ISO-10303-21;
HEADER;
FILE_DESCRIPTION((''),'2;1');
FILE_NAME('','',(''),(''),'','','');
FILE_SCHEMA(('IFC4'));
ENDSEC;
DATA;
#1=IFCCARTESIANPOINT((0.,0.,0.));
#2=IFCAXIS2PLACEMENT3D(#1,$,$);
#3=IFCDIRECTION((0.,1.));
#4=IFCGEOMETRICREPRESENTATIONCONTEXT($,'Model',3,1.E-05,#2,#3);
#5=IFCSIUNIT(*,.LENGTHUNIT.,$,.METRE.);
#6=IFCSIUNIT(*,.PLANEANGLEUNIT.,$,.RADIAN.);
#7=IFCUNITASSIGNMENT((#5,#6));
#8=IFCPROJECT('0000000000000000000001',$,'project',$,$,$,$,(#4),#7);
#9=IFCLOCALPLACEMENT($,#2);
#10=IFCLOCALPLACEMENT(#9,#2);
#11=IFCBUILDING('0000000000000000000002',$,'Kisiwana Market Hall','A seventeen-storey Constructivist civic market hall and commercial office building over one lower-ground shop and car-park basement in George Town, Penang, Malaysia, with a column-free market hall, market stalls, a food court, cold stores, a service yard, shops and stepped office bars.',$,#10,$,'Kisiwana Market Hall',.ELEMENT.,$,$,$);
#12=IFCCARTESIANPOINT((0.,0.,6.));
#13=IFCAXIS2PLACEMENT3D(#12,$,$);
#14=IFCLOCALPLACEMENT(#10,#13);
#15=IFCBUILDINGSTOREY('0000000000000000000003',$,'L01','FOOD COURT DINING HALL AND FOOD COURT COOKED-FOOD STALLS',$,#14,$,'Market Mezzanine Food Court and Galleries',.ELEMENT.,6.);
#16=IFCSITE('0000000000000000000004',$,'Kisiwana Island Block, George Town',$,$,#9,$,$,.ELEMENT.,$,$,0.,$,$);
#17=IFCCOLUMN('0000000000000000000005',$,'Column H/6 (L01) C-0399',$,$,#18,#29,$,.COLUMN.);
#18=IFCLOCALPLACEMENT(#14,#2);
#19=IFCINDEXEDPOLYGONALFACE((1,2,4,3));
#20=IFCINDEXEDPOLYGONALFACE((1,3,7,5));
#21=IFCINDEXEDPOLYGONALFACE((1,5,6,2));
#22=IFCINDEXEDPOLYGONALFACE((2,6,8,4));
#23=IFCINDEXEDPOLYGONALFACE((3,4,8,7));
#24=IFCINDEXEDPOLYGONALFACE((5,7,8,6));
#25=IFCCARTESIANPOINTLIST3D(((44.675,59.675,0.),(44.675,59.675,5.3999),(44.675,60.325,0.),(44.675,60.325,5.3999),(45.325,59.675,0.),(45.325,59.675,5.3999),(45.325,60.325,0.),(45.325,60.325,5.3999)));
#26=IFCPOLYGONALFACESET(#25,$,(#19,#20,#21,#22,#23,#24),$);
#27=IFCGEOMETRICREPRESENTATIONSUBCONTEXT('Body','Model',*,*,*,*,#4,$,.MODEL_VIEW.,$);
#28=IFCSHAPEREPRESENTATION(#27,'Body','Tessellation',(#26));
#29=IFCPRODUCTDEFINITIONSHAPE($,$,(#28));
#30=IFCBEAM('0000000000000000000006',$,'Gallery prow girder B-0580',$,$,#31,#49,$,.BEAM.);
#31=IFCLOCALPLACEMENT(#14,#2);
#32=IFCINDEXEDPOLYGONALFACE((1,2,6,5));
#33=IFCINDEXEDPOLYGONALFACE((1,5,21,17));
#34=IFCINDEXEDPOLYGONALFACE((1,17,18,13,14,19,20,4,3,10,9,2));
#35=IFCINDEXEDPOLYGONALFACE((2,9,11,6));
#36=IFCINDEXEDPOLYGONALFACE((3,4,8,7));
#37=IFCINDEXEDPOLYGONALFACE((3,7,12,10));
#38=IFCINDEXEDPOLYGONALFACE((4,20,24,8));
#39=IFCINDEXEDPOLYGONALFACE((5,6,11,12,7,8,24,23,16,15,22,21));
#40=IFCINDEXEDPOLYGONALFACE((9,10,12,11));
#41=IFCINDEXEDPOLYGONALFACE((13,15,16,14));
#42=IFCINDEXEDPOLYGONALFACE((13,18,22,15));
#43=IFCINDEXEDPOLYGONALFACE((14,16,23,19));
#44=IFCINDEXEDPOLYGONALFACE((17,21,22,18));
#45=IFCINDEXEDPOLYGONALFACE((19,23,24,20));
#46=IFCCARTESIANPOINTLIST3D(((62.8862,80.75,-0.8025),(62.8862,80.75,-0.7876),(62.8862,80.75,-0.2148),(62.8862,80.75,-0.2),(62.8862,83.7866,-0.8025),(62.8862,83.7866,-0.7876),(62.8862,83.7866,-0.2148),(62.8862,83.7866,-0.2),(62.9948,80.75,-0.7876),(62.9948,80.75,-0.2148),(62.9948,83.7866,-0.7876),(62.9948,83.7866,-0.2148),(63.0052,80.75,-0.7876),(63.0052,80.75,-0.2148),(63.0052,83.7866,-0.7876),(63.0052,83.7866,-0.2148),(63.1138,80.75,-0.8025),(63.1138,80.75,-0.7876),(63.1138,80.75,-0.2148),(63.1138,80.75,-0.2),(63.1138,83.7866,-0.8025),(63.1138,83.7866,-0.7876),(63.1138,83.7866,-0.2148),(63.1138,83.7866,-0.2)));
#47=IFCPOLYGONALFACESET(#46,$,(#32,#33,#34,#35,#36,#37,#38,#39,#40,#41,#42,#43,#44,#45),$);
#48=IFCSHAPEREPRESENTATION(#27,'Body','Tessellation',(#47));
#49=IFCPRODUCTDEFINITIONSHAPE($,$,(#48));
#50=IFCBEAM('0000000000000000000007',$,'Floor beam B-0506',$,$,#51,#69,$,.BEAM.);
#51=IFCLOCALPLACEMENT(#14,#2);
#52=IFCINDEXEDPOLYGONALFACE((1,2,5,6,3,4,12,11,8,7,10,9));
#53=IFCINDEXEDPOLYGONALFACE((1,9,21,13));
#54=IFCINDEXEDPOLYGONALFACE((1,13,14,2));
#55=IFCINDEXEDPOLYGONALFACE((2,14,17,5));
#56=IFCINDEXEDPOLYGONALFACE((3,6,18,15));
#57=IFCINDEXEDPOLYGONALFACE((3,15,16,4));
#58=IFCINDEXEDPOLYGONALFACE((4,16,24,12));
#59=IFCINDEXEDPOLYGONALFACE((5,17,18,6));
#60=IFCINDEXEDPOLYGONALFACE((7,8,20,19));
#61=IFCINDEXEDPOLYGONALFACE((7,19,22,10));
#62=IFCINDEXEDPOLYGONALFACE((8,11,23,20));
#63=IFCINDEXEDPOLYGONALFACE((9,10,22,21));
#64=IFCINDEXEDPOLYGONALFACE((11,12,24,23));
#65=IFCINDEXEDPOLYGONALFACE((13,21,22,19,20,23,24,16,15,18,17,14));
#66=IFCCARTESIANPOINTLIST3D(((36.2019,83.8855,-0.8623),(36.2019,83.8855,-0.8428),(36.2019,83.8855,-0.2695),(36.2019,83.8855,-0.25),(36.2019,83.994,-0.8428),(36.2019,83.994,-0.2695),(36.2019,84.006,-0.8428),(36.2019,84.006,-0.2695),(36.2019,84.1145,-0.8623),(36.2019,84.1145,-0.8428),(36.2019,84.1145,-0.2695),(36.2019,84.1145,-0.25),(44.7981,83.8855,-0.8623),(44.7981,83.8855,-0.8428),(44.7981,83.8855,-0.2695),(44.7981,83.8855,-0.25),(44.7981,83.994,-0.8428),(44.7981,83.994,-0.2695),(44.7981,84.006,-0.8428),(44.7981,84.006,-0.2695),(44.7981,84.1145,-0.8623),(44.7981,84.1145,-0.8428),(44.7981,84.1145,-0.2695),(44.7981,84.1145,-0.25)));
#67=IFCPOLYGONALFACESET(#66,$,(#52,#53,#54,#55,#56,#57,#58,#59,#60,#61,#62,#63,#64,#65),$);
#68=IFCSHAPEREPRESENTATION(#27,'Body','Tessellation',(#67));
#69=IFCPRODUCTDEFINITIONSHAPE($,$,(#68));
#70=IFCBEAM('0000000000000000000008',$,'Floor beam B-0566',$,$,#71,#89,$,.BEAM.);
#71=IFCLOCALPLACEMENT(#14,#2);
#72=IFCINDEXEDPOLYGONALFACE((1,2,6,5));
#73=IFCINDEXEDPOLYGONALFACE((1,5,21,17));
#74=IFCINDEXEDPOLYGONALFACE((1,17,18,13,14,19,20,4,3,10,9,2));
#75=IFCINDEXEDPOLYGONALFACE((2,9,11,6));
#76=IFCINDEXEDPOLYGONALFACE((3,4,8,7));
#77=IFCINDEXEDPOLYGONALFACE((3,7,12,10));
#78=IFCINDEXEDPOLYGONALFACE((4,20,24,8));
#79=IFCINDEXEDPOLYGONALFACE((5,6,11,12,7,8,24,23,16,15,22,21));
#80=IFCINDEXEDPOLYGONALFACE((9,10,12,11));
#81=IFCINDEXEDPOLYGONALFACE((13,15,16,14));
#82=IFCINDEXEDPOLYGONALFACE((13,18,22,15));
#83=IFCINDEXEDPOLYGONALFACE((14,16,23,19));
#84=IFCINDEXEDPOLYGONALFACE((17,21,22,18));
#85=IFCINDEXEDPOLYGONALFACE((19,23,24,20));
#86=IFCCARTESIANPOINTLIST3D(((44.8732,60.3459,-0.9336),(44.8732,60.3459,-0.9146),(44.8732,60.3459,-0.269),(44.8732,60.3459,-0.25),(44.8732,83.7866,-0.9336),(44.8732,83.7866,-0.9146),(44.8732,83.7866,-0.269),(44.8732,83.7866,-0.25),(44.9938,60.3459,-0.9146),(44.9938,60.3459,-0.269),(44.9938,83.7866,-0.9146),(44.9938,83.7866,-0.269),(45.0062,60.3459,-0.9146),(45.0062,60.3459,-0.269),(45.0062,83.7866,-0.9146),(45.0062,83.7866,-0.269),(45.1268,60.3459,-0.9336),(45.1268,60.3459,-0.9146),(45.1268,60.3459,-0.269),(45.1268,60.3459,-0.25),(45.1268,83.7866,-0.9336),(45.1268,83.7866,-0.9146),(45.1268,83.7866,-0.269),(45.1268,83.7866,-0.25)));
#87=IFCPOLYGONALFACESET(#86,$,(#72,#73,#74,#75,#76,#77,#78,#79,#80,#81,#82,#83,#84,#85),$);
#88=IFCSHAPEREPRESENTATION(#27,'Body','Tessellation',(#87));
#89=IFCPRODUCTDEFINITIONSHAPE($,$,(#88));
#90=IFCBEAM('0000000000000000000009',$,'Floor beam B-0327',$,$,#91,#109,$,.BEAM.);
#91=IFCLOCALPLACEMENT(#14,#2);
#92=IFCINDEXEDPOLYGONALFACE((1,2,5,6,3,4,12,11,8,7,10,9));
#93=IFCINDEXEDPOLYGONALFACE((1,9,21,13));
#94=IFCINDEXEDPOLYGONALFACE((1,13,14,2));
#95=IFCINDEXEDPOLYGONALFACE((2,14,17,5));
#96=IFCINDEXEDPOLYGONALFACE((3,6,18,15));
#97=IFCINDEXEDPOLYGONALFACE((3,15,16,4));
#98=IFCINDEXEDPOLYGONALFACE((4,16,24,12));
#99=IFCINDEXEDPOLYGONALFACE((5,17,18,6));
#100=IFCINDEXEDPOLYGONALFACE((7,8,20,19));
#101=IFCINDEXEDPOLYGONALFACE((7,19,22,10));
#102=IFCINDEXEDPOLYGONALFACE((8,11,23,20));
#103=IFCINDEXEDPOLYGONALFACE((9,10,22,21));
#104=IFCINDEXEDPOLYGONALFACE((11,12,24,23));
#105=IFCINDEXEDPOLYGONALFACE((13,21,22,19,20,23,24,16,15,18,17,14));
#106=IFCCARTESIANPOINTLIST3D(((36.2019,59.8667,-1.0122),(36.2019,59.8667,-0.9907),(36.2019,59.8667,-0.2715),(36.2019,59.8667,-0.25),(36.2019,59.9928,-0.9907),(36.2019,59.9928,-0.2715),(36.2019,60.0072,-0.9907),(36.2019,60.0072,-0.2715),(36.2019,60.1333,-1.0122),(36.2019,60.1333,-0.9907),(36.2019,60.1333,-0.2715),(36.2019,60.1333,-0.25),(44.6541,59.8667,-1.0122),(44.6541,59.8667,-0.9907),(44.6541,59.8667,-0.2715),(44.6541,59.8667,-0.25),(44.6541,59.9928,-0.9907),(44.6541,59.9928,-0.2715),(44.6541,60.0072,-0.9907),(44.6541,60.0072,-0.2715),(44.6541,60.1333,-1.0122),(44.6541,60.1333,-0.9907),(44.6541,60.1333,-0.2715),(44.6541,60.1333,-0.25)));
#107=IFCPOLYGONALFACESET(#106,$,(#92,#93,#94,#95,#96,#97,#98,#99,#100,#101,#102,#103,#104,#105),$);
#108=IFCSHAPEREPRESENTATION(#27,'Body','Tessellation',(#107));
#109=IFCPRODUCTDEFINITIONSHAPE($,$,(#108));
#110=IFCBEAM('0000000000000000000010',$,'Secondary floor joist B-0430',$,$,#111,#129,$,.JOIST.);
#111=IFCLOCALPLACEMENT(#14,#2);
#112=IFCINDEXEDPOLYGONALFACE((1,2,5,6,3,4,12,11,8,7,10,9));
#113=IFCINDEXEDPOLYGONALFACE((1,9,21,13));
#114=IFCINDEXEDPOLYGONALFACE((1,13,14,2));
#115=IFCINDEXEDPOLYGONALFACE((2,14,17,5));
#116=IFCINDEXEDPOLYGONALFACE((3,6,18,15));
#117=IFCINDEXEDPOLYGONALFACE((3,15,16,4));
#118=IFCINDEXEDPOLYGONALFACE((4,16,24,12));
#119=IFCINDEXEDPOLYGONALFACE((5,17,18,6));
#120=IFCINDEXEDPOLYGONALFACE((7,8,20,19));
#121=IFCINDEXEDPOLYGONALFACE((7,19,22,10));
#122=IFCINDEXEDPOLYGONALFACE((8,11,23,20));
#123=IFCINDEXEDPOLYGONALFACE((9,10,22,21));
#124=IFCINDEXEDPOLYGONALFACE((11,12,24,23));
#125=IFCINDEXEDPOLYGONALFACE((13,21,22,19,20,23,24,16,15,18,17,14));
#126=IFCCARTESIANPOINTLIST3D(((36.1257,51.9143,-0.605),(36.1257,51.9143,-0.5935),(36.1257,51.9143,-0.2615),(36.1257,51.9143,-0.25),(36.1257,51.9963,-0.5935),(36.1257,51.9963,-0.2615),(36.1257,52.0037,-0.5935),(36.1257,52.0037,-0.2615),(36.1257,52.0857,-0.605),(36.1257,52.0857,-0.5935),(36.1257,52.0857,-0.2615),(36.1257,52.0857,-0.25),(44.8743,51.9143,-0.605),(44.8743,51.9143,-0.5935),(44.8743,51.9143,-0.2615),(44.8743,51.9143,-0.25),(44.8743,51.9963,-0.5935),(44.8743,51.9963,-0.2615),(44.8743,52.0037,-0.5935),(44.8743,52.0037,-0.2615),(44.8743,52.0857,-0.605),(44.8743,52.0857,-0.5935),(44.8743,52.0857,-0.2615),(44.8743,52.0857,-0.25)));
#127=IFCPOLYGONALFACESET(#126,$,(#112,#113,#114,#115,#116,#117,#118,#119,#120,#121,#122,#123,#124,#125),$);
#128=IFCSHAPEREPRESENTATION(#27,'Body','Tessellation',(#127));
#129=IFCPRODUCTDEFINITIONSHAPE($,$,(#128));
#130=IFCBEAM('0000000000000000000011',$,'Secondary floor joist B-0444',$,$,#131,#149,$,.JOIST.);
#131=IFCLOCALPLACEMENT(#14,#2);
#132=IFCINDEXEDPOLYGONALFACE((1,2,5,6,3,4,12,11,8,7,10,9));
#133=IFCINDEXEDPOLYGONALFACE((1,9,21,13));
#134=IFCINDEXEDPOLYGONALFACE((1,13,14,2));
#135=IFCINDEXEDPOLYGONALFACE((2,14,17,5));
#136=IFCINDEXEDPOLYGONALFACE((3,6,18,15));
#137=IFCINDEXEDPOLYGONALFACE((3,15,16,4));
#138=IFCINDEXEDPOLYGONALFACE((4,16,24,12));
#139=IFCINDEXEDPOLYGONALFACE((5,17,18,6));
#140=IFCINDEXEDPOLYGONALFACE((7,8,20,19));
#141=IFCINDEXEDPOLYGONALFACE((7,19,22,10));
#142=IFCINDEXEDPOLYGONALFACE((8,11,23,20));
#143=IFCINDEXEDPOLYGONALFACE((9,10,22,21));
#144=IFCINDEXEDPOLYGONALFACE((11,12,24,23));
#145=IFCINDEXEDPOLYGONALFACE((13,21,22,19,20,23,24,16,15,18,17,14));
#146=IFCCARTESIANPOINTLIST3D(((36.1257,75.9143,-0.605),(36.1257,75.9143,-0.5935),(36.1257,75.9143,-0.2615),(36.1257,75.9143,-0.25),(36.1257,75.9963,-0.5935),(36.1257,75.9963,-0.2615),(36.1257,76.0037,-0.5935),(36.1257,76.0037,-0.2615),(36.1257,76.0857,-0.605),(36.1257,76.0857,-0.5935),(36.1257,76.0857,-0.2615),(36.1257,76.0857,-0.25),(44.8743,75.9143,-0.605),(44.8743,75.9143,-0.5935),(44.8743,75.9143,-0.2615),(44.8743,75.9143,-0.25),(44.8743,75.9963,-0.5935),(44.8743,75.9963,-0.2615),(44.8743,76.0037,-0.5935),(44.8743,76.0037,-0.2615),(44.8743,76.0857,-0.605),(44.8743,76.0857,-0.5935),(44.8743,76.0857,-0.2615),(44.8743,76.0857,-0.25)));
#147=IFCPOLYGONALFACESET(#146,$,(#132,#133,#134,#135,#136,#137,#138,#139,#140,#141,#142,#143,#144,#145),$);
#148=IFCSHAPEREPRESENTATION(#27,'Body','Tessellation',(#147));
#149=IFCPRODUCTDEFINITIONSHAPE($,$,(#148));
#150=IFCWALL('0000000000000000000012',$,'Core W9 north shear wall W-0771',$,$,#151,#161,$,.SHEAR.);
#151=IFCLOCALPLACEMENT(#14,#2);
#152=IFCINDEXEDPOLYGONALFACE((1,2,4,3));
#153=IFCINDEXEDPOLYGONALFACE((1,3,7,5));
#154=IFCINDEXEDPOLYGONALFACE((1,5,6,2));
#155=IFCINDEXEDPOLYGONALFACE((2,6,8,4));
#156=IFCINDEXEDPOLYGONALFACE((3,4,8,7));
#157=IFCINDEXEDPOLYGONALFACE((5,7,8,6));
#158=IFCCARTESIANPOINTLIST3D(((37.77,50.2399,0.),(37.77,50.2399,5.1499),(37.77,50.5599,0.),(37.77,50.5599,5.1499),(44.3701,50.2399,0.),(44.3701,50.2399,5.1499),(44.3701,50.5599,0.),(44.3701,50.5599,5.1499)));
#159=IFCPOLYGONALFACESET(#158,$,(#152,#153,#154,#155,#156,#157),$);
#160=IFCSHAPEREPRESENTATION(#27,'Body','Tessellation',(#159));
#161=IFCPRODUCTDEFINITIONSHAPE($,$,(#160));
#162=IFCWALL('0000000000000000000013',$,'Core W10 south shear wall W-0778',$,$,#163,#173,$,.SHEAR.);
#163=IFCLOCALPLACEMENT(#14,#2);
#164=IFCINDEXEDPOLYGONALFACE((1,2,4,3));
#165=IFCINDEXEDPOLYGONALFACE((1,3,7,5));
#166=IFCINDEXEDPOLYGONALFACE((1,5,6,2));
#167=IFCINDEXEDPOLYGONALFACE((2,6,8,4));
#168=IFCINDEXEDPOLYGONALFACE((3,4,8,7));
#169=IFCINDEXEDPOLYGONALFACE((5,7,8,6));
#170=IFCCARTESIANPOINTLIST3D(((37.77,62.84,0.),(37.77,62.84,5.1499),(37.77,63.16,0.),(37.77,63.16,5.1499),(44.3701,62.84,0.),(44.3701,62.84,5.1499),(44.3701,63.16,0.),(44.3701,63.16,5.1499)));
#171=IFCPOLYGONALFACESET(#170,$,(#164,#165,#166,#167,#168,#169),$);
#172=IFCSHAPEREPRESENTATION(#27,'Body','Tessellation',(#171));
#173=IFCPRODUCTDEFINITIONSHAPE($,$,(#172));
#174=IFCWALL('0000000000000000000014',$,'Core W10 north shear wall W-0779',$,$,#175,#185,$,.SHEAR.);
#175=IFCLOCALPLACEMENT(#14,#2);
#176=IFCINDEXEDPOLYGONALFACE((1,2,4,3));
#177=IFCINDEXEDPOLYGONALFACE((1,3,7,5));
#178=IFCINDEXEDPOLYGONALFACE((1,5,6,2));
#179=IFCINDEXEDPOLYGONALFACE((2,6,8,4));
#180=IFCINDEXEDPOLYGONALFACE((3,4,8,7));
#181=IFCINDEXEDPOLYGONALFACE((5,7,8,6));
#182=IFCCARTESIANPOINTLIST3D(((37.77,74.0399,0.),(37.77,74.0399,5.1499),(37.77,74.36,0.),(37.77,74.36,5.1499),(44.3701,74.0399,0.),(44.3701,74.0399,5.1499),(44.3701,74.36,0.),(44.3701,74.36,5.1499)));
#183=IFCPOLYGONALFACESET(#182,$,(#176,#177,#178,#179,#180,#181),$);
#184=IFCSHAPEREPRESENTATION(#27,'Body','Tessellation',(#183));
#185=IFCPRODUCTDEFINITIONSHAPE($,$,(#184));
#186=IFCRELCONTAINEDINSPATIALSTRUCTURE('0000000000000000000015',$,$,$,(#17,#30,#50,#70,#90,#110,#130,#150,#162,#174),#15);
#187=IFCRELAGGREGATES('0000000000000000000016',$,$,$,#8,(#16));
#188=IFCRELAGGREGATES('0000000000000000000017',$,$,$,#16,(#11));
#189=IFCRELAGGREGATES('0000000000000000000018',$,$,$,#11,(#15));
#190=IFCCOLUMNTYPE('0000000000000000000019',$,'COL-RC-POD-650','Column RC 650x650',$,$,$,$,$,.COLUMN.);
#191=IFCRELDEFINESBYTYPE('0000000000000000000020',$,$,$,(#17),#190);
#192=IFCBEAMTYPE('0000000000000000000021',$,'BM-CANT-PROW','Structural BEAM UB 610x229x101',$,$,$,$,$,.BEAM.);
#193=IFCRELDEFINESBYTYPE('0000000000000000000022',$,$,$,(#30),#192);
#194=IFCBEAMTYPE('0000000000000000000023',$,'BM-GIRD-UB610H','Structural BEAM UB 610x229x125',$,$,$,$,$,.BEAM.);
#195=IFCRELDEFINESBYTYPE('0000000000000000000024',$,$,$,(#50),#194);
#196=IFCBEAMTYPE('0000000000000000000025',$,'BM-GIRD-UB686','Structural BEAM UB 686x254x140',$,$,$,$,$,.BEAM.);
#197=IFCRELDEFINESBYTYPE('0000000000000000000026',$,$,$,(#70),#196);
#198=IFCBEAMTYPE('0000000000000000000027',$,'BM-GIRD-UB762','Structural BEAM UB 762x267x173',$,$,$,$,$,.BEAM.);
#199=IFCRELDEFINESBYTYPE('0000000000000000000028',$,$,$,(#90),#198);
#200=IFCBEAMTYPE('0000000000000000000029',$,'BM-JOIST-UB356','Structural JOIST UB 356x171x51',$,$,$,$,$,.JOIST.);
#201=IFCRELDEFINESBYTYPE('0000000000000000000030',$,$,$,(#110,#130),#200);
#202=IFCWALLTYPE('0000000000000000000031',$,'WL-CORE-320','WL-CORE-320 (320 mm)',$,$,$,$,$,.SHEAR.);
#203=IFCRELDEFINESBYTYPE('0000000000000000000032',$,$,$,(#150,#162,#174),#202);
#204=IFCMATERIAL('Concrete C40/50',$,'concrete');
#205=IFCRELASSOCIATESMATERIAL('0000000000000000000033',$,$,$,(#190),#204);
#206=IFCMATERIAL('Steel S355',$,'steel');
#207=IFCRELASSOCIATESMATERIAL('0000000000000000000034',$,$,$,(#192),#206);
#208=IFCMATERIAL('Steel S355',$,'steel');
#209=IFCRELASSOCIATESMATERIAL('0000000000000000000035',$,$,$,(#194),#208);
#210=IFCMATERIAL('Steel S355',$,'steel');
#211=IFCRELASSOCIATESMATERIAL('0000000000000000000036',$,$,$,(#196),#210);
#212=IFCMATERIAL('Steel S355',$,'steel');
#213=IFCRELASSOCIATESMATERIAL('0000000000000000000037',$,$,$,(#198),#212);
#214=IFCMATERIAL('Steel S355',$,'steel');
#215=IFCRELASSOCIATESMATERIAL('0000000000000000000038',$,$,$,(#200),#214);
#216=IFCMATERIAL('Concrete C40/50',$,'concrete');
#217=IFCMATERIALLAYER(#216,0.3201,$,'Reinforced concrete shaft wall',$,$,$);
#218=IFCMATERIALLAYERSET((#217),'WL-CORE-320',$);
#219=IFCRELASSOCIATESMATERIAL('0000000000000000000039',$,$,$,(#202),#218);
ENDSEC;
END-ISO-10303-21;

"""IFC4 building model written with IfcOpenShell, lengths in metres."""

from ifc_helpers import new_model, si_unit, direction, frame, frame_2d, origin, origin_2d, place, context, subcontext, project, spatial, rectangle, i_section, extrude, material, layer, layer_set, material_profile, profile_set, type_object, element, save


model = new_model("IFC4")

# Units and contexts
model_context = context("Model", 3, precision=1e-05, world=origin(), true_north=direction((0.0, 1.0)))
body_context = subcontext(model_context, "Body", "Model", "MODEL_VIEW")
ifc_project = project(units=[si_unit("LENGTHUNIT", "METRE"), si_unit("PLANEANGLEUNIT", "RADIAN")], contexts=[model_context])

# Site, building, storey
site_placement = place(None, origin())
site = spatial("IfcSite", under=ifc_project, at=site_placement, Name="Kisiwana Island Block, George Town", CompositionType="ELEMENT", RefElevation=0.0)
building_placement = place(site_placement, origin())
building = spatial("IfcBuilding", under=site, at=building_placement, Name="Kisiwana Market Hall", Description="A seventeen-storey Constructivist civic market hall and commercial office building over one lower-ground shop and car-park basement in George Town, Penang, Malaysia, with a column-free market hall, market stalls, a food court, cold stores, a service yard, shops and stepped office bars.", LongName="Kisiwana Market Hall", CompositionType="ELEMENT")
storey_placement = place(building_placement, frame((0.0, 0.0, 6.0)))
storey = spatial("IfcBuildingStorey", under=building, at=storey_placement, Name="L01", Description="FOOD COURT DINING HALL AND FOOD COURT COOKED-FOOD STALLS", LongName="Market Mezzanine Food Court and Galleries", CompositionType="ELEMENT", Elevation=6.0)

# Column
ifc_material_1 = material(Name="Concrete C40/50", Category="concrete")
ifc_material_profile_1 = material_profile(ifc_material_1, rectangle(XDim=0.6499, YDim=0.6499, at=origin_2d()), Name="RC 650x650")
ifc_profile_set_1 = profile_set([ifc_material_profile_1], Name="Concrete C40/50")
column_type = type_object("IfcColumnType", Name="COL-RC-POD-650", Description="Column RC 650x650", PredefinedType="COLUMN", material=ifc_profile_set_1)
column_placement = place(storey_placement, frame((45.0, 60.0, 0.0), z_axis=(0.0, 0.0, 1.0), x_axis=(1.0, 0.0, 0.0)))
element("IfcColumn", 1, at=column_placement, inside=storey, type_object=column_type, Name="Column H/6 (L01) C-0399", PredefinedType="COLUMN", context=body_context, shape_type="SweptSolid", body=[
    extrude(rectangle(XDim=0.6499, YDim=0.6499, at=origin_2d()), origin(), (0.0, 0.0, 1.0), 5.3999),
])

# Beams
ifc_material_2 = material(Name="Steel S355", Category="steel")
ifc_material_profile_2 = material_profile(ifc_material_2, i_section(OverallWidth=0.2275, OverallDepth=0.6025, WebThickness=0.0105, FlangeThickness=0.0149, at=origin_2d()), Name="UB 610x229x101")
ifc_profile_set_2 = profile_set([ifc_material_profile_2], Name="Steel S355")
beam_type_1 = type_object("IfcBeamType", Name="BM-CANT-PROW", Description="Structural BEAM UB 610x229x101", PredefinedType="BEAM", material=ifc_profile_set_2)
beam_1_placement = place(storey_placement, frame((63.0, 83.7866, -0.5012), z_axis=(0.0, -1.0, 0.0), x_axis=(1.0, 0.0, 0.0)))
element("IfcBeam", 2, at=beam_1_placement, inside=storey, type_object=beam_type_1, Name="Gallery prow girder B-0580", PredefinedType="BEAM", context=body_context, shape_type="SweptSolid", body=[
    extrude(i_section(OverallWidth=0.2275, OverallDepth=0.6025, WebThickness=0.0105, FlangeThickness=0.0149, at=origin_2d()), origin(), (0.0, 0.0, 1.0), 3.0366),
])
ifc_material_3 = material(Name="Steel S355", Category="steel")
ifc_material_profile_3 = material_profile(ifc_material_3, i_section(OverallWidth=0.229, OverallDepth=0.6123, WebThickness=0.012, FlangeThickness=0.0195, at=origin_2d()), Name="UB 610x229x125")
ifc_profile_set_3 = profile_set([ifc_material_profile_3], Name="Steel S355")
beam_type_2 = type_object("IfcBeamType", Name="BM-GIRD-UB610H", Description="Structural BEAM UB 610x229x125", PredefinedType="BEAM", material=ifc_profile_set_3)
beam_2_placement = place(storey_placement, frame((36.2019, 84.0, -0.5562), z_axis=(1.0, 0.0, 0.0), x_axis=(0.0, 1.0, 0.0)))
element("IfcBeam", 3, at=beam_2_placement, inside=storey, type_object=beam_type_2, Name="Floor beam B-0506", PredefinedType="BEAM", context=body_context, shape_type="SweptSolid", body=[
    extrude(i_section(OverallWidth=0.229, OverallDepth=0.6123, WebThickness=0.012, FlangeThickness=0.0195, at=origin_2d()), origin(), (0.0, 0.0, 1.0), 8.5962),
])
ifc_material_4 = material(Name="Steel S355", Category="steel")
ifc_material_profile_4 = material_profile(ifc_material_4, i_section(OverallWidth=0.2537, OverallDepth=0.6836, WebThickness=0.0125, FlangeThickness=0.019, at=origin_2d()), Name="UB 686x254x140")
ifc_profile_set_4 = profile_set([ifc_material_profile_4], Name="Steel S355")
beam_type_3 = type_object("IfcBeamType", Name="BM-GIRD-UB686", Description="Structural BEAM UB 686x254x140", PredefinedType="BEAM", material=ifc_profile_set_4)
beam_3_placement = place(storey_placement, frame((45.0, 60.3459, -0.5918), z_axis=(0.0, 1.0, 0.0), x_axis=(-1.0, 0.0, 0.0)))
element("IfcBeam", 4, at=beam_3_placement, inside=storey, type_object=beam_type_3, Name="Floor beam B-0566", PredefinedType="BEAM", context=body_context, shape_type="SweptSolid", body=[
    extrude(i_section(OverallWidth=0.2537, OverallDepth=0.6836, WebThickness=0.0125, FlangeThickness=0.019, at=origin_2d()), origin(), (0.0, 0.0, 1.0), 23.4407),
])
ifc_material_5 = material(Name="Steel S355", Category="steel")
ifc_material_profile_5 = material_profile(ifc_material_5, i_section(OverallWidth=0.2666, OverallDepth=0.7622, WebThickness=0.0144, FlangeThickness=0.0215, at=origin_2d()), Name="UB 762x267x173")
ifc_profile_set_5 = profile_set([ifc_material_profile_5], Name="Steel S355")
beam_type_4 = type_object("IfcBeamType", Name="BM-GIRD-UB762", Description="Structural BEAM UB 762x267x173", PredefinedType="BEAM", material=ifc_profile_set_5)
beam_4_placement = place(storey_placement, frame((36.2019, 60.0, -0.6311), z_axis=(1.0, 0.0, 0.0), x_axis=(0.0, 1.0, 0.0)))
element("IfcBeam", 5, at=beam_4_placement, inside=storey, type_object=beam_type_4, Name="Floor beam B-0327", PredefinedType="BEAM", context=body_context, shape_type="SweptSolid", body=[
    extrude(i_section(OverallWidth=0.2666, OverallDepth=0.7622, WebThickness=0.0144, FlangeThickness=0.0215, at=origin_2d()), origin(), (0.0, 0.0, 1.0), 8.4521),
])
ifc_material_6 = material(Name="Steel S355", Category="steel")
ifc_material_profile_6 = material_profile(ifc_material_6, i_section(OverallWidth=0.1714, OverallDepth=0.355, WebThickness=0.0073, FlangeThickness=0.0115, at=origin_2d()), Name="UB 356x171x51")
ifc_profile_set_6 = profile_set([ifc_material_profile_6], Name="Steel S355")
beam_type_5 = type_object("IfcBeamType", Name="BM-JOIST-UB356", Description="Structural JOIST UB 356x171x51", PredefinedType="JOIST", material=ifc_profile_set_6)
for number, where, z_axis, x_axis, name in (
    (6, (36.1257, 52.0, -0.4275), (1.0, 0.0, 0.0), (0.0, 1.0, 0.0), "Secondary floor joist B-0430"),
    (7, (36.1257, 76.0, -0.4275), (1.0, 0.0, 0.0), (0.0, 1.0, 0.0), "Secondary floor joist B-0444"),
):
    element("IfcBeam", number, at=place(storey_placement, frame(where, z_axis=z_axis, x_axis=x_axis)), inside=storey, type_object=beam_type_5, Name=name, PredefinedType="JOIST", context=body_context, shape_type="SweptSolid", body=[
        extrude(i_section(OverallWidth=0.1714, OverallDepth=0.355, WebThickness=0.0073, FlangeThickness=0.0115, at=origin_2d()), origin(), (0.0, 0.0, 1.0), 8.7485),
    ])

# Walls
ifc_material_7 = material(Name="Concrete C40/50", Category="concrete")
ifc_layer_1 = layer(ifc_material_7, 0.3201, Name="Reinforced concrete shaft wall")
ifc_layer_set_1 = layer_set([ifc_layer_1], Name="WL-CORE-320")
wall_type_1 = type_object("IfcWallType", Name="WL-CORE-320", Description="WL-CORE-320 (320 mm)", PredefinedType="SHEAR", material=ifc_layer_set_1)
for number, where, z_axis, x_axis, name in (
    (8, (37.77, 50.3999, 0.0), (0.0, 0.0, 1.0), (1.0, 0.0, 0.0), "Core W9 north shear wall W-0771"),
    (9, (37.77, 63.0, 0.0), (0.0, 0.0, 1.0), (1.0, 0.0, 0.0), "Core W10 south shear wall W-0778"),
    (10, (37.77, 74.2, 0.0), (0.0, 0.0, 1.0), (1.0, 0.0, 0.0), "Core W10 north shear wall W-0779"),
):
    element("IfcWall", number, at=place(storey_placement, frame(where, z_axis=z_axis, x_axis=x_axis)), inside=storey, type_object=wall_type_1, Name=name, PredefinedType="SHEAR", context=body_context, shape_type="SweptSolid", body=[
        extrude(rectangle(XDim=6.6001, YDim=0.3201, at=frame_2d((3.3, 0.0))), origin(), (0.0, 0.0, 1.0), 5.1499),
    ])

save(model, "model.ifc")
